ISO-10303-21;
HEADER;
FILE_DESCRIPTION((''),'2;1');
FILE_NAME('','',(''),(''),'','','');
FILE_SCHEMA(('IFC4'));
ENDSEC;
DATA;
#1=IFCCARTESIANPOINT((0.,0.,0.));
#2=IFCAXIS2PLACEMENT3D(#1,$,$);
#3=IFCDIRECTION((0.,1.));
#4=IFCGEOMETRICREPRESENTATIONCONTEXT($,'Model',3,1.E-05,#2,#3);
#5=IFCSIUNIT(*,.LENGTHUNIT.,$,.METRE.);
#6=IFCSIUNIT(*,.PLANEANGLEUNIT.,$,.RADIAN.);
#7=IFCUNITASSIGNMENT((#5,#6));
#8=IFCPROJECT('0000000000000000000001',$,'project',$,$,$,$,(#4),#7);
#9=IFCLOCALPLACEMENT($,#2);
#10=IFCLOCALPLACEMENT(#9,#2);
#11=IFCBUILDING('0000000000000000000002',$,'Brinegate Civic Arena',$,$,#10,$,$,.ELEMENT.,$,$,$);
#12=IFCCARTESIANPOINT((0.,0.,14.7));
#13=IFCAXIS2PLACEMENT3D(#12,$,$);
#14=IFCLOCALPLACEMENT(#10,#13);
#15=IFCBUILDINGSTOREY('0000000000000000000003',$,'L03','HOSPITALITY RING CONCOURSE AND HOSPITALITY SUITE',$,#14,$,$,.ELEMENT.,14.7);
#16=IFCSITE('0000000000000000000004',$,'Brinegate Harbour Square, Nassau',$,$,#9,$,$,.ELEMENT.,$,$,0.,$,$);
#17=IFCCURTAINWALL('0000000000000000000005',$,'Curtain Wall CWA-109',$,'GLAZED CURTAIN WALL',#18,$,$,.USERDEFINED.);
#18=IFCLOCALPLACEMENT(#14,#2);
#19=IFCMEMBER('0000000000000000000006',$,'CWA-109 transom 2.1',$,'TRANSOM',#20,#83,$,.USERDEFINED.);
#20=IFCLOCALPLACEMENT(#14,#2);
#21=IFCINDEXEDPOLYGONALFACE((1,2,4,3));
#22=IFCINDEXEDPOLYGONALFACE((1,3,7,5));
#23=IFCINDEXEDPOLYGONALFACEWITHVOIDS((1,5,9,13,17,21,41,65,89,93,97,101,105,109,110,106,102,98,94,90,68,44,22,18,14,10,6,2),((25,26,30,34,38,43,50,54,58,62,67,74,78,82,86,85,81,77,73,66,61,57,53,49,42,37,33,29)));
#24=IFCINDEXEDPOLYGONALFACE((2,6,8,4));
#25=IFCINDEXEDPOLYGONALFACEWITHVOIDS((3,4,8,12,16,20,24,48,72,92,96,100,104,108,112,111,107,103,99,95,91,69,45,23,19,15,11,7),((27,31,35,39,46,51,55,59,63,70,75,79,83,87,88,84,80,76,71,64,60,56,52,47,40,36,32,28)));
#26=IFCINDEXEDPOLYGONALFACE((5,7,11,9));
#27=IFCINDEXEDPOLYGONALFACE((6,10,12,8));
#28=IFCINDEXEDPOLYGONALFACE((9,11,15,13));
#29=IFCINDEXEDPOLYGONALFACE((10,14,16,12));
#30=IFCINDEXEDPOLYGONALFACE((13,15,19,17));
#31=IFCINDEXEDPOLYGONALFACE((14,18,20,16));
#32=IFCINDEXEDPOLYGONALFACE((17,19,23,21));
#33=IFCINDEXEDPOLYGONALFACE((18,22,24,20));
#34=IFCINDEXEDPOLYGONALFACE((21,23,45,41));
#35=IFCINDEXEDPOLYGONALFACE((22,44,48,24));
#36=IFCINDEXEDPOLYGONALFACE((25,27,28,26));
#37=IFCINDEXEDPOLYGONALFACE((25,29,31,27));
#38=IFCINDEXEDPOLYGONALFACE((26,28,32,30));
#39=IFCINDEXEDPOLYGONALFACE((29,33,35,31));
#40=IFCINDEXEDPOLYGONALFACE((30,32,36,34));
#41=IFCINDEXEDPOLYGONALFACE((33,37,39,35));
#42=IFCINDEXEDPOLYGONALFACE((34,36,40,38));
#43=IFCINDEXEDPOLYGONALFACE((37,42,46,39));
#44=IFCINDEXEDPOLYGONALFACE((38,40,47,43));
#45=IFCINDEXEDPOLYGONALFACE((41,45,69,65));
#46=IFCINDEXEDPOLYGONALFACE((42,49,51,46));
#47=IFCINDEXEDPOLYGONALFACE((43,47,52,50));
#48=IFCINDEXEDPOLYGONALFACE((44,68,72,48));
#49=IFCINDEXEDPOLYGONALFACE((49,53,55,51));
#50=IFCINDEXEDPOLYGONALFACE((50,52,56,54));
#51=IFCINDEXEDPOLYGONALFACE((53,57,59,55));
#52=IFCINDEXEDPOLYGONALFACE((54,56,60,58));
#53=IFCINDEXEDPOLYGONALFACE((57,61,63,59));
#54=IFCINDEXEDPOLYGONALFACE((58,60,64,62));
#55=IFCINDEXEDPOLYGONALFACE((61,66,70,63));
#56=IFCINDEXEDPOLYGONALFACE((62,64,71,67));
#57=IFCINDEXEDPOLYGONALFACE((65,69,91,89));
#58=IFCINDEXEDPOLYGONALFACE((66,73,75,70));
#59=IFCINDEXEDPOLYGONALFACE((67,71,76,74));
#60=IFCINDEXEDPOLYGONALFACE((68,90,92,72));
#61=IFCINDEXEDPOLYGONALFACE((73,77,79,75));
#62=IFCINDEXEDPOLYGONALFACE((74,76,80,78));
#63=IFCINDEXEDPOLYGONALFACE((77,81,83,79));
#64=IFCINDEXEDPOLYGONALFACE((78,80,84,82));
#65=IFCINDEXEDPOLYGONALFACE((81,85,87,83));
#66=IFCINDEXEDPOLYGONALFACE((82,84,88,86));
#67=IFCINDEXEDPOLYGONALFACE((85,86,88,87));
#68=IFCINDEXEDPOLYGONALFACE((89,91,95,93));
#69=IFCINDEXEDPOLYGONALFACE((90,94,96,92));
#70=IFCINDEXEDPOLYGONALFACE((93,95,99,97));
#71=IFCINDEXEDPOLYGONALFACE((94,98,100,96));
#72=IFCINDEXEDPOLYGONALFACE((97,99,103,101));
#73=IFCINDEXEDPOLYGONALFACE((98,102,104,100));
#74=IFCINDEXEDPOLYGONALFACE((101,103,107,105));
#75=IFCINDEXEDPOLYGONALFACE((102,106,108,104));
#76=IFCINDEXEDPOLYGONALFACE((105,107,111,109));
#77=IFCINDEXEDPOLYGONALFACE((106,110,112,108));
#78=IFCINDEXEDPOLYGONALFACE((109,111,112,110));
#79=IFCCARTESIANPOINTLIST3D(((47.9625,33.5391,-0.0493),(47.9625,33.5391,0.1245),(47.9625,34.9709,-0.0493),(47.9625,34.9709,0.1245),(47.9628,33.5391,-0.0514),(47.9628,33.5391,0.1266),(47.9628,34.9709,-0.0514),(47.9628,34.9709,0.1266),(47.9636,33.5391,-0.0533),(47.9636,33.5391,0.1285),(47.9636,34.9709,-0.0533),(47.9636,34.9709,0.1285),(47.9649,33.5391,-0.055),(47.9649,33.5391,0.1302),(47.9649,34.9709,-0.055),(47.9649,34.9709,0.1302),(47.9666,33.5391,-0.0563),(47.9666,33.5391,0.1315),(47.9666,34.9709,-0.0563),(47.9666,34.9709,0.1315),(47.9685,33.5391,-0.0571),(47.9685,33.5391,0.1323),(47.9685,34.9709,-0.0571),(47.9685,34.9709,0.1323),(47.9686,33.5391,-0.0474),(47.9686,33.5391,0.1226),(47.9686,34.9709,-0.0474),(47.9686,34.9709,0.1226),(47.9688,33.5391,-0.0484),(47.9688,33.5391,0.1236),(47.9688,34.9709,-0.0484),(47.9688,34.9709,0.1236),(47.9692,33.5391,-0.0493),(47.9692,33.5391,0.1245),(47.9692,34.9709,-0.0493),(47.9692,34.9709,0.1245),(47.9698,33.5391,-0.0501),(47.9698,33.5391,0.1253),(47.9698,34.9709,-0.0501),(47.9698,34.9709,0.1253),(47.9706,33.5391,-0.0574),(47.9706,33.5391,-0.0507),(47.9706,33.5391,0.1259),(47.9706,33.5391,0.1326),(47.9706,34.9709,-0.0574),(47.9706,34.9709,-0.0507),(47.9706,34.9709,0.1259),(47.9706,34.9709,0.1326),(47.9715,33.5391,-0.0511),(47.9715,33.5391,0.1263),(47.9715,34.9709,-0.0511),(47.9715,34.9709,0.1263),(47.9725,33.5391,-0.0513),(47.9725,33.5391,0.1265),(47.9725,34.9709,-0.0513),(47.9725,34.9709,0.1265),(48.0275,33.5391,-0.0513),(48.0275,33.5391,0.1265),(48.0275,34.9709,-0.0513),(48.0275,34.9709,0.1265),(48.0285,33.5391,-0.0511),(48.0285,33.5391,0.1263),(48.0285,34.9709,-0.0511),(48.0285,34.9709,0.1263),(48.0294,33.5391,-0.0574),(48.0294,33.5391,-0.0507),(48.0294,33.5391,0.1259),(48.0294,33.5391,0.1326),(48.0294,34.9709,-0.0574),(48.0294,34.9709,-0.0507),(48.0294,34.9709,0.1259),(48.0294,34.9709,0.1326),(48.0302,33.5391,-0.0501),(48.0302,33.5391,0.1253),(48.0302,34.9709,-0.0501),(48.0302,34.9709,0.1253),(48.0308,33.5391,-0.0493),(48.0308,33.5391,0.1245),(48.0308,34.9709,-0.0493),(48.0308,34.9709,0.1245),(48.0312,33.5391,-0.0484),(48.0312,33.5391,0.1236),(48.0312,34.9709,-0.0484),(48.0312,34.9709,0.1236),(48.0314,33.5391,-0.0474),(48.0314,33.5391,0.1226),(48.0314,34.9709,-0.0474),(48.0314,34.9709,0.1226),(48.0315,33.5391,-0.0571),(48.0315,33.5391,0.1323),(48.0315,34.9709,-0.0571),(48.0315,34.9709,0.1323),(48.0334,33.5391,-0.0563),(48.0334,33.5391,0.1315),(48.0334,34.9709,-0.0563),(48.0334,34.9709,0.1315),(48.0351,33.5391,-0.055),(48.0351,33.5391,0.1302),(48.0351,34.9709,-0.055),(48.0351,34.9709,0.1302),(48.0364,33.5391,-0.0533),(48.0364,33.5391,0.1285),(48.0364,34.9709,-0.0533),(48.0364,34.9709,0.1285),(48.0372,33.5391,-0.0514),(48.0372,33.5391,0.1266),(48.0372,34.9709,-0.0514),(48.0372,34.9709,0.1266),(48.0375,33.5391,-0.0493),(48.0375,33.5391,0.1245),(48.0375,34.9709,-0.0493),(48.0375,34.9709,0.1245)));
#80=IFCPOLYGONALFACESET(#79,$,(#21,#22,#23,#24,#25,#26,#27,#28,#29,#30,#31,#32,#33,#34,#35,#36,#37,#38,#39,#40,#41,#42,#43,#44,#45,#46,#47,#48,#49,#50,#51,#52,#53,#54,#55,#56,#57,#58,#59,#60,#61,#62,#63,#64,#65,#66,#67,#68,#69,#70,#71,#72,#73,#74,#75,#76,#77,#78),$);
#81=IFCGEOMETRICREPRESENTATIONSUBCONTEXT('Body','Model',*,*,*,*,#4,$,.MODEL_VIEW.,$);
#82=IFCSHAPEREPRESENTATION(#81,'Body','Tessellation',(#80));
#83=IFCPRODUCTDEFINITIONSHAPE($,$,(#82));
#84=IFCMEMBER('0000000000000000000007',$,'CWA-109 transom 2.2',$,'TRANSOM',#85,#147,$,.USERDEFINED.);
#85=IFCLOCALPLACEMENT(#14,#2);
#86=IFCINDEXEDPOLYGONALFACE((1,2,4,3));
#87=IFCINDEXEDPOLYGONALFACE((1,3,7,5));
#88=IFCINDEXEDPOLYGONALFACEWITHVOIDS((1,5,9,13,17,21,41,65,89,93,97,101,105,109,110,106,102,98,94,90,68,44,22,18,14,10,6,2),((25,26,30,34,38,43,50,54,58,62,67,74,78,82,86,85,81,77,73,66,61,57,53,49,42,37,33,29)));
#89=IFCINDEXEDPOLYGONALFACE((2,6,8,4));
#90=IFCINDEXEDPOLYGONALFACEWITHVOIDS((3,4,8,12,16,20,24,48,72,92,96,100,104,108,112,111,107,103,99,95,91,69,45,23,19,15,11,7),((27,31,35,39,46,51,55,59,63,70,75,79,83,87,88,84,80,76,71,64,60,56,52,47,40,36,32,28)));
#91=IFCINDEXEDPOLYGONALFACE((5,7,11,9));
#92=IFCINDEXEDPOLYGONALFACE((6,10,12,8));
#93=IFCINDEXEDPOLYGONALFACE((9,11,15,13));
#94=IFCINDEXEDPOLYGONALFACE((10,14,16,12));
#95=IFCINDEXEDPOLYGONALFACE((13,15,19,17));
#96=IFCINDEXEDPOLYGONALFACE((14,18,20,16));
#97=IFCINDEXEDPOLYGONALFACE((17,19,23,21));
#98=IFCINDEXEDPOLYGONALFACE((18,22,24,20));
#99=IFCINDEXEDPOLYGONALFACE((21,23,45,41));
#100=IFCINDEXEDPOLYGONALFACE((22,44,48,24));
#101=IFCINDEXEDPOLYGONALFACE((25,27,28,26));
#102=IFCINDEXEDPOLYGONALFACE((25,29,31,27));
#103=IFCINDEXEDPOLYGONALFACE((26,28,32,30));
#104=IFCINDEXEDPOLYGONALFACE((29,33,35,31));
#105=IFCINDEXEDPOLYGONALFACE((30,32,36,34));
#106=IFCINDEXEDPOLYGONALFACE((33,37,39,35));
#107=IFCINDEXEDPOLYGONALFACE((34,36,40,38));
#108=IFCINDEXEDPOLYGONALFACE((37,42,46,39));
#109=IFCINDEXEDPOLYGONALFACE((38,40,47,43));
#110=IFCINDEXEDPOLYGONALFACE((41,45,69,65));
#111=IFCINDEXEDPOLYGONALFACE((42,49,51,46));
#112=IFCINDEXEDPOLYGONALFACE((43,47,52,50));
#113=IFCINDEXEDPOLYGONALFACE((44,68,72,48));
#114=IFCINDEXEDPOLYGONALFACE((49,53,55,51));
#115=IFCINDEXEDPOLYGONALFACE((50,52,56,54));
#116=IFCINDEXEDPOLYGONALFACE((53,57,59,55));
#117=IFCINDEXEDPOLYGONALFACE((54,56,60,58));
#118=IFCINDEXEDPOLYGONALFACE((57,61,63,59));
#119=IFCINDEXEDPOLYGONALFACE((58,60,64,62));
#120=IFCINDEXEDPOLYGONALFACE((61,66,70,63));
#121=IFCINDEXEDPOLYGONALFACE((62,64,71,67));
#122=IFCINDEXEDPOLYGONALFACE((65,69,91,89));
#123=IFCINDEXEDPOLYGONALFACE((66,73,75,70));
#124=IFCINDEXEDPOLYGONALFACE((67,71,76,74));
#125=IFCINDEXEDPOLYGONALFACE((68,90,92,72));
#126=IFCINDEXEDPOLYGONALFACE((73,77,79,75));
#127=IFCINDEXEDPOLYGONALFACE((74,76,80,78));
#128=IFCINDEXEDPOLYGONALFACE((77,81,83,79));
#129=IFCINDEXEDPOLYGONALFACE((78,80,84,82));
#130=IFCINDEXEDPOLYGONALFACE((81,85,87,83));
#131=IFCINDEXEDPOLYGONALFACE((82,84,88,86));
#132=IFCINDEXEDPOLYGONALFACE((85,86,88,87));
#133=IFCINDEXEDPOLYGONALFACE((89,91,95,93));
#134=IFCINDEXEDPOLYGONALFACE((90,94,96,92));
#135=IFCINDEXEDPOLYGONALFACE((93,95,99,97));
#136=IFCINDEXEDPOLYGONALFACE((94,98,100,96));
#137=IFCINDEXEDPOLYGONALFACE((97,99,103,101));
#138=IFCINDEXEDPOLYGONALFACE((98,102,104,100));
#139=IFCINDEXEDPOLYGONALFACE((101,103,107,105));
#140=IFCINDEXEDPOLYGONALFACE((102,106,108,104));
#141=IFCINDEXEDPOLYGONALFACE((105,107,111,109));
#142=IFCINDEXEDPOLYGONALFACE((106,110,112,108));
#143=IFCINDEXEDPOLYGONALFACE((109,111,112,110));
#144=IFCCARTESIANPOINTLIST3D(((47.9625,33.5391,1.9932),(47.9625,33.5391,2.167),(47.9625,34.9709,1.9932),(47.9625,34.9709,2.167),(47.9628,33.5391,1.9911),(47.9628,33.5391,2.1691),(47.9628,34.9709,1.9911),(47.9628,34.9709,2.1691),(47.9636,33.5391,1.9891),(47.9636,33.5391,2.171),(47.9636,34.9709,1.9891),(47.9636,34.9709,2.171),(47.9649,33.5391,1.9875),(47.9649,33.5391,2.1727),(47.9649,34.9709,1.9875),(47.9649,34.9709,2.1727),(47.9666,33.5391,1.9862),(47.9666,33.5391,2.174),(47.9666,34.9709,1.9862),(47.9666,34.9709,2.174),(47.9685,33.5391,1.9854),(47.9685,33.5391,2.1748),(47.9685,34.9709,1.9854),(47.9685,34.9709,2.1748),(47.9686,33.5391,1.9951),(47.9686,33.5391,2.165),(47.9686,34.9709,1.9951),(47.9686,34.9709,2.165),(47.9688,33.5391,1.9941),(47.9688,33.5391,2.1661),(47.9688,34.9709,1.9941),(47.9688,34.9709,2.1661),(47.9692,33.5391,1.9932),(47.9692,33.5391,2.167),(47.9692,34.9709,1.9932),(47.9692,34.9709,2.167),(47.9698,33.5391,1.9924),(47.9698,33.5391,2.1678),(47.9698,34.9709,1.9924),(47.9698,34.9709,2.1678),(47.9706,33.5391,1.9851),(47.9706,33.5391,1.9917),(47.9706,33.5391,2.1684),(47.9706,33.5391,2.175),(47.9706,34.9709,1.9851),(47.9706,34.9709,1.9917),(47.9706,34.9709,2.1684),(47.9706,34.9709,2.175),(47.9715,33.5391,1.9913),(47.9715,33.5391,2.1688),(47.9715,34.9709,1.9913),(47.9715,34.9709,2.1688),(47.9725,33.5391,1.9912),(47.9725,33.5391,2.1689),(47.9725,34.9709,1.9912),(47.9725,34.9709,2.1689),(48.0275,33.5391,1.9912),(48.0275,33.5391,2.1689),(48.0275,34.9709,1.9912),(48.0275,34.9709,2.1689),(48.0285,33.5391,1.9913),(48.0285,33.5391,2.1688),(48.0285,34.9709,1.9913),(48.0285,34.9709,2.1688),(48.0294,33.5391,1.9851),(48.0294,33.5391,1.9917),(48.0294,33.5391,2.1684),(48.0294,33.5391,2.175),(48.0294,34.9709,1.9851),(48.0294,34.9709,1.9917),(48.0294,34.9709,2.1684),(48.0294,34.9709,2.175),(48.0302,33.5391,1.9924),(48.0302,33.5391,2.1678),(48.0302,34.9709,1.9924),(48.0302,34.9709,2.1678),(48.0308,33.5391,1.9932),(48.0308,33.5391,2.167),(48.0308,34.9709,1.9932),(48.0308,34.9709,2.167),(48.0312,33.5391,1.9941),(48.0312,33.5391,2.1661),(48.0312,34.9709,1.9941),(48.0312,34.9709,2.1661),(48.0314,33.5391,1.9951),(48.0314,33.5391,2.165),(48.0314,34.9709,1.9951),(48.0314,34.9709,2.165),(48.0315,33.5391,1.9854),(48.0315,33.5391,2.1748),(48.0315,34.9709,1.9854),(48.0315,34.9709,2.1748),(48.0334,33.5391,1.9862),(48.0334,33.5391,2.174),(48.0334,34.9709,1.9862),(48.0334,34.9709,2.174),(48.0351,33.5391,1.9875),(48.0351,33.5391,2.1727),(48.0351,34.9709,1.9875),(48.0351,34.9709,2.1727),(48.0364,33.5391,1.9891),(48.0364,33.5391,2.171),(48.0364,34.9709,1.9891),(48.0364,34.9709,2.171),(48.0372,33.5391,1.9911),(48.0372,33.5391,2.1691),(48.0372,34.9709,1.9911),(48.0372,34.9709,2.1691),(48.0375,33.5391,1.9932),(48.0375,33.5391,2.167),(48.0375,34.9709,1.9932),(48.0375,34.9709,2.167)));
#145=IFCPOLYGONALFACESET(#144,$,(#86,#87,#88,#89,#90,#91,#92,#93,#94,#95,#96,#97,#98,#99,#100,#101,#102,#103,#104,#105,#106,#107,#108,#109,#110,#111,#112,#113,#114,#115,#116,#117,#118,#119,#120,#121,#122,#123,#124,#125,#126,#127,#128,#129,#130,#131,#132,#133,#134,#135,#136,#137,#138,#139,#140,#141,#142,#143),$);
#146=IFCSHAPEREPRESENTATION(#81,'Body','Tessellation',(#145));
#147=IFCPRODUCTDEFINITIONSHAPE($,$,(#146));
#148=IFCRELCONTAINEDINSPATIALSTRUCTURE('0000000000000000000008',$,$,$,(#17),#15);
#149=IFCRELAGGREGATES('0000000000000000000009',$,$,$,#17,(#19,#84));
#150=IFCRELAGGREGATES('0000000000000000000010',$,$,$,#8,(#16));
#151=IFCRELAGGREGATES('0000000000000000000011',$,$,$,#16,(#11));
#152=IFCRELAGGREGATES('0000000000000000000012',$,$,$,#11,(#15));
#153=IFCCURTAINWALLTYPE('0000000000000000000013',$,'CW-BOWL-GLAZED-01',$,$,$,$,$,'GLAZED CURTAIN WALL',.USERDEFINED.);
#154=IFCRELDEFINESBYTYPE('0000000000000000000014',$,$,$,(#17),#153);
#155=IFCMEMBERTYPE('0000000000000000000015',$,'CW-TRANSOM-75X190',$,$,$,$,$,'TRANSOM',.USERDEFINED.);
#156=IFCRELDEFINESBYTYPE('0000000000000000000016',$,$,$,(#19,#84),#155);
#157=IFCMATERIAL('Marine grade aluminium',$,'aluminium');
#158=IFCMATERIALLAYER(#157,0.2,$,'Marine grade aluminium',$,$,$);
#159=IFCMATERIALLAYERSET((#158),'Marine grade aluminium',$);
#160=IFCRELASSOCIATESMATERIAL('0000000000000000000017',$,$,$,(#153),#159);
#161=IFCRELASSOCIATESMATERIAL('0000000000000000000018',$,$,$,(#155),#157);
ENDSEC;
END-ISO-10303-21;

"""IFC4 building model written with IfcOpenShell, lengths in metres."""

from ifc_helpers import new_model, si_unit, direction, frame, origin, origin_2d, place, context, subcontext, project, spatial, hollow_rectangle, extrude, material, layer, layer_set, material_profile, profile_set, type_object, element, aggregate, save


model = new_model("IFC4")

# Units and contexts
model_context = context("Model", 3, precision=1e-05, world=origin(), true_north=direction((0.0, 1.0)))
body_context = subcontext(model_context, "Body", "Model", "MODEL_VIEW")
ifc_project = project(units=[si_unit("LENGTHUNIT", "METRE"), si_unit("PLANEANGLEUNIT", "RADIAN")], contexts=[model_context])

# Site, building, storey
site_placement = place(None, origin())
site = spatial("IfcSite", under=ifc_project, at=site_placement, Name="Brinegate Harbour Square, Nassau", CompositionType="ELEMENT", RefElevation=0.0)
building_placement = place(site_placement, origin())
building = spatial("IfcBuilding", under=site, at=building_placement, Name="Brinegate Civic Arena", CompositionType="ELEMENT")
storey_placement = place(building_placement, frame((0.0, 0.0, 14.7)))
storey = spatial("IfcBuildingStorey", under=building, at=storey_placement, Name="L03", Description="HOSPITALITY RING CONCOURSE AND HOSPITALITY SUITE", CompositionType="ELEMENT", Elevation=14.7)

# Curtain wall
ifc_material_1 = material(Name="Marine grade aluminium", Category="aluminium")
ifc_layer_1 = layer(ifc_material_1, 0.2, Name="Marine grade aluminium")
ifc_layer_set_1 = layer_set([ifc_layer_1], Name="Marine grade aluminium")
curtain_wall_type = type_object("IfcCurtainWallType", Name="CW-BOWL-GLAZED-01", ElementType="GLAZED CURTAIN WALL", PredefinedType="USERDEFINED", material=ifc_layer_set_1)
curtain_wall_1_placement = place(storey_placement, origin())
curtain_wall_1 = element("IfcCurtainWall", 1, at=curtain_wall_1_placement, inside=storey, type_object=curtain_wall_type, Name="Curtain Wall CWA-109", ObjectType="GLAZED CURTAIN WALL", PredefinedType="USERDEFINED")

# Members
ifc_material_profile_1 = material_profile(ifc_material_1, hollow_rectangle(XDim=0.075, YDim=0.1899, WallThickness=0.0061, InnerFilletRadius=0.0039, OuterFilletRadius=0.0081, at=origin_2d()), Name="TRN75X190")
ifc_profile_set_1 = profile_set([ifc_material_profile_1], Name="Marine grade aluminium")
member_type_1 = type_object("IfcMemberType", Name="CW-TRANSOM-75X190", ElementType="TRANSOM", PredefinedType="USERDEFINED", material=ifc_profile_set_1)
member_1_placement = place(storey_placement, frame((48.0, 33.5391, 0.0376), z_axis=(0.0, 1.0, 0.0), x_axis=(-1.0, 0.0, 0.0)))
member_1 = element("IfcMember", 2, at=member_1_placement, type_object=member_type_1, Name="CWA-109 transom 2.1", ObjectType="TRANSOM", PredefinedType="USERDEFINED", context=body_context, shape_type="SweptSolid", body=[
    extrude(hollow_rectangle(XDim=0.075, YDim=0.1899, WallThickness=0.0061, InnerFilletRadius=0.0039, OuterFilletRadius=0.0081, at=origin_2d()), origin(), (0.0, 0.0, 1.0), 1.4319),
])
member_2_placement = place(storey_placement, frame((48.0, 33.5391, 2.0801), z_axis=(0.0, 1.0, 0.0), x_axis=(-1.0, 0.0, 0.0)))
member_2 = element("IfcMember", 3, at=member_2_placement, type_object=member_type_1, Name="CWA-109 transom 2.2", ObjectType="TRANSOM", PredefinedType="USERDEFINED", context=body_context, shape_type="SweptSolid", body=[
    extrude(hollow_rectangle(XDim=0.075, YDim=0.1899, WallThickness=0.0061, InnerFilletRadius=0.0039, OuterFilletRadius=0.0081, at=origin_2d()), origin(), (0.0, 0.0, 1.0), 1.4319),
])

aggregate(curtain_wall_1, [member_1, member_2])

save(model, "model.ifc")
